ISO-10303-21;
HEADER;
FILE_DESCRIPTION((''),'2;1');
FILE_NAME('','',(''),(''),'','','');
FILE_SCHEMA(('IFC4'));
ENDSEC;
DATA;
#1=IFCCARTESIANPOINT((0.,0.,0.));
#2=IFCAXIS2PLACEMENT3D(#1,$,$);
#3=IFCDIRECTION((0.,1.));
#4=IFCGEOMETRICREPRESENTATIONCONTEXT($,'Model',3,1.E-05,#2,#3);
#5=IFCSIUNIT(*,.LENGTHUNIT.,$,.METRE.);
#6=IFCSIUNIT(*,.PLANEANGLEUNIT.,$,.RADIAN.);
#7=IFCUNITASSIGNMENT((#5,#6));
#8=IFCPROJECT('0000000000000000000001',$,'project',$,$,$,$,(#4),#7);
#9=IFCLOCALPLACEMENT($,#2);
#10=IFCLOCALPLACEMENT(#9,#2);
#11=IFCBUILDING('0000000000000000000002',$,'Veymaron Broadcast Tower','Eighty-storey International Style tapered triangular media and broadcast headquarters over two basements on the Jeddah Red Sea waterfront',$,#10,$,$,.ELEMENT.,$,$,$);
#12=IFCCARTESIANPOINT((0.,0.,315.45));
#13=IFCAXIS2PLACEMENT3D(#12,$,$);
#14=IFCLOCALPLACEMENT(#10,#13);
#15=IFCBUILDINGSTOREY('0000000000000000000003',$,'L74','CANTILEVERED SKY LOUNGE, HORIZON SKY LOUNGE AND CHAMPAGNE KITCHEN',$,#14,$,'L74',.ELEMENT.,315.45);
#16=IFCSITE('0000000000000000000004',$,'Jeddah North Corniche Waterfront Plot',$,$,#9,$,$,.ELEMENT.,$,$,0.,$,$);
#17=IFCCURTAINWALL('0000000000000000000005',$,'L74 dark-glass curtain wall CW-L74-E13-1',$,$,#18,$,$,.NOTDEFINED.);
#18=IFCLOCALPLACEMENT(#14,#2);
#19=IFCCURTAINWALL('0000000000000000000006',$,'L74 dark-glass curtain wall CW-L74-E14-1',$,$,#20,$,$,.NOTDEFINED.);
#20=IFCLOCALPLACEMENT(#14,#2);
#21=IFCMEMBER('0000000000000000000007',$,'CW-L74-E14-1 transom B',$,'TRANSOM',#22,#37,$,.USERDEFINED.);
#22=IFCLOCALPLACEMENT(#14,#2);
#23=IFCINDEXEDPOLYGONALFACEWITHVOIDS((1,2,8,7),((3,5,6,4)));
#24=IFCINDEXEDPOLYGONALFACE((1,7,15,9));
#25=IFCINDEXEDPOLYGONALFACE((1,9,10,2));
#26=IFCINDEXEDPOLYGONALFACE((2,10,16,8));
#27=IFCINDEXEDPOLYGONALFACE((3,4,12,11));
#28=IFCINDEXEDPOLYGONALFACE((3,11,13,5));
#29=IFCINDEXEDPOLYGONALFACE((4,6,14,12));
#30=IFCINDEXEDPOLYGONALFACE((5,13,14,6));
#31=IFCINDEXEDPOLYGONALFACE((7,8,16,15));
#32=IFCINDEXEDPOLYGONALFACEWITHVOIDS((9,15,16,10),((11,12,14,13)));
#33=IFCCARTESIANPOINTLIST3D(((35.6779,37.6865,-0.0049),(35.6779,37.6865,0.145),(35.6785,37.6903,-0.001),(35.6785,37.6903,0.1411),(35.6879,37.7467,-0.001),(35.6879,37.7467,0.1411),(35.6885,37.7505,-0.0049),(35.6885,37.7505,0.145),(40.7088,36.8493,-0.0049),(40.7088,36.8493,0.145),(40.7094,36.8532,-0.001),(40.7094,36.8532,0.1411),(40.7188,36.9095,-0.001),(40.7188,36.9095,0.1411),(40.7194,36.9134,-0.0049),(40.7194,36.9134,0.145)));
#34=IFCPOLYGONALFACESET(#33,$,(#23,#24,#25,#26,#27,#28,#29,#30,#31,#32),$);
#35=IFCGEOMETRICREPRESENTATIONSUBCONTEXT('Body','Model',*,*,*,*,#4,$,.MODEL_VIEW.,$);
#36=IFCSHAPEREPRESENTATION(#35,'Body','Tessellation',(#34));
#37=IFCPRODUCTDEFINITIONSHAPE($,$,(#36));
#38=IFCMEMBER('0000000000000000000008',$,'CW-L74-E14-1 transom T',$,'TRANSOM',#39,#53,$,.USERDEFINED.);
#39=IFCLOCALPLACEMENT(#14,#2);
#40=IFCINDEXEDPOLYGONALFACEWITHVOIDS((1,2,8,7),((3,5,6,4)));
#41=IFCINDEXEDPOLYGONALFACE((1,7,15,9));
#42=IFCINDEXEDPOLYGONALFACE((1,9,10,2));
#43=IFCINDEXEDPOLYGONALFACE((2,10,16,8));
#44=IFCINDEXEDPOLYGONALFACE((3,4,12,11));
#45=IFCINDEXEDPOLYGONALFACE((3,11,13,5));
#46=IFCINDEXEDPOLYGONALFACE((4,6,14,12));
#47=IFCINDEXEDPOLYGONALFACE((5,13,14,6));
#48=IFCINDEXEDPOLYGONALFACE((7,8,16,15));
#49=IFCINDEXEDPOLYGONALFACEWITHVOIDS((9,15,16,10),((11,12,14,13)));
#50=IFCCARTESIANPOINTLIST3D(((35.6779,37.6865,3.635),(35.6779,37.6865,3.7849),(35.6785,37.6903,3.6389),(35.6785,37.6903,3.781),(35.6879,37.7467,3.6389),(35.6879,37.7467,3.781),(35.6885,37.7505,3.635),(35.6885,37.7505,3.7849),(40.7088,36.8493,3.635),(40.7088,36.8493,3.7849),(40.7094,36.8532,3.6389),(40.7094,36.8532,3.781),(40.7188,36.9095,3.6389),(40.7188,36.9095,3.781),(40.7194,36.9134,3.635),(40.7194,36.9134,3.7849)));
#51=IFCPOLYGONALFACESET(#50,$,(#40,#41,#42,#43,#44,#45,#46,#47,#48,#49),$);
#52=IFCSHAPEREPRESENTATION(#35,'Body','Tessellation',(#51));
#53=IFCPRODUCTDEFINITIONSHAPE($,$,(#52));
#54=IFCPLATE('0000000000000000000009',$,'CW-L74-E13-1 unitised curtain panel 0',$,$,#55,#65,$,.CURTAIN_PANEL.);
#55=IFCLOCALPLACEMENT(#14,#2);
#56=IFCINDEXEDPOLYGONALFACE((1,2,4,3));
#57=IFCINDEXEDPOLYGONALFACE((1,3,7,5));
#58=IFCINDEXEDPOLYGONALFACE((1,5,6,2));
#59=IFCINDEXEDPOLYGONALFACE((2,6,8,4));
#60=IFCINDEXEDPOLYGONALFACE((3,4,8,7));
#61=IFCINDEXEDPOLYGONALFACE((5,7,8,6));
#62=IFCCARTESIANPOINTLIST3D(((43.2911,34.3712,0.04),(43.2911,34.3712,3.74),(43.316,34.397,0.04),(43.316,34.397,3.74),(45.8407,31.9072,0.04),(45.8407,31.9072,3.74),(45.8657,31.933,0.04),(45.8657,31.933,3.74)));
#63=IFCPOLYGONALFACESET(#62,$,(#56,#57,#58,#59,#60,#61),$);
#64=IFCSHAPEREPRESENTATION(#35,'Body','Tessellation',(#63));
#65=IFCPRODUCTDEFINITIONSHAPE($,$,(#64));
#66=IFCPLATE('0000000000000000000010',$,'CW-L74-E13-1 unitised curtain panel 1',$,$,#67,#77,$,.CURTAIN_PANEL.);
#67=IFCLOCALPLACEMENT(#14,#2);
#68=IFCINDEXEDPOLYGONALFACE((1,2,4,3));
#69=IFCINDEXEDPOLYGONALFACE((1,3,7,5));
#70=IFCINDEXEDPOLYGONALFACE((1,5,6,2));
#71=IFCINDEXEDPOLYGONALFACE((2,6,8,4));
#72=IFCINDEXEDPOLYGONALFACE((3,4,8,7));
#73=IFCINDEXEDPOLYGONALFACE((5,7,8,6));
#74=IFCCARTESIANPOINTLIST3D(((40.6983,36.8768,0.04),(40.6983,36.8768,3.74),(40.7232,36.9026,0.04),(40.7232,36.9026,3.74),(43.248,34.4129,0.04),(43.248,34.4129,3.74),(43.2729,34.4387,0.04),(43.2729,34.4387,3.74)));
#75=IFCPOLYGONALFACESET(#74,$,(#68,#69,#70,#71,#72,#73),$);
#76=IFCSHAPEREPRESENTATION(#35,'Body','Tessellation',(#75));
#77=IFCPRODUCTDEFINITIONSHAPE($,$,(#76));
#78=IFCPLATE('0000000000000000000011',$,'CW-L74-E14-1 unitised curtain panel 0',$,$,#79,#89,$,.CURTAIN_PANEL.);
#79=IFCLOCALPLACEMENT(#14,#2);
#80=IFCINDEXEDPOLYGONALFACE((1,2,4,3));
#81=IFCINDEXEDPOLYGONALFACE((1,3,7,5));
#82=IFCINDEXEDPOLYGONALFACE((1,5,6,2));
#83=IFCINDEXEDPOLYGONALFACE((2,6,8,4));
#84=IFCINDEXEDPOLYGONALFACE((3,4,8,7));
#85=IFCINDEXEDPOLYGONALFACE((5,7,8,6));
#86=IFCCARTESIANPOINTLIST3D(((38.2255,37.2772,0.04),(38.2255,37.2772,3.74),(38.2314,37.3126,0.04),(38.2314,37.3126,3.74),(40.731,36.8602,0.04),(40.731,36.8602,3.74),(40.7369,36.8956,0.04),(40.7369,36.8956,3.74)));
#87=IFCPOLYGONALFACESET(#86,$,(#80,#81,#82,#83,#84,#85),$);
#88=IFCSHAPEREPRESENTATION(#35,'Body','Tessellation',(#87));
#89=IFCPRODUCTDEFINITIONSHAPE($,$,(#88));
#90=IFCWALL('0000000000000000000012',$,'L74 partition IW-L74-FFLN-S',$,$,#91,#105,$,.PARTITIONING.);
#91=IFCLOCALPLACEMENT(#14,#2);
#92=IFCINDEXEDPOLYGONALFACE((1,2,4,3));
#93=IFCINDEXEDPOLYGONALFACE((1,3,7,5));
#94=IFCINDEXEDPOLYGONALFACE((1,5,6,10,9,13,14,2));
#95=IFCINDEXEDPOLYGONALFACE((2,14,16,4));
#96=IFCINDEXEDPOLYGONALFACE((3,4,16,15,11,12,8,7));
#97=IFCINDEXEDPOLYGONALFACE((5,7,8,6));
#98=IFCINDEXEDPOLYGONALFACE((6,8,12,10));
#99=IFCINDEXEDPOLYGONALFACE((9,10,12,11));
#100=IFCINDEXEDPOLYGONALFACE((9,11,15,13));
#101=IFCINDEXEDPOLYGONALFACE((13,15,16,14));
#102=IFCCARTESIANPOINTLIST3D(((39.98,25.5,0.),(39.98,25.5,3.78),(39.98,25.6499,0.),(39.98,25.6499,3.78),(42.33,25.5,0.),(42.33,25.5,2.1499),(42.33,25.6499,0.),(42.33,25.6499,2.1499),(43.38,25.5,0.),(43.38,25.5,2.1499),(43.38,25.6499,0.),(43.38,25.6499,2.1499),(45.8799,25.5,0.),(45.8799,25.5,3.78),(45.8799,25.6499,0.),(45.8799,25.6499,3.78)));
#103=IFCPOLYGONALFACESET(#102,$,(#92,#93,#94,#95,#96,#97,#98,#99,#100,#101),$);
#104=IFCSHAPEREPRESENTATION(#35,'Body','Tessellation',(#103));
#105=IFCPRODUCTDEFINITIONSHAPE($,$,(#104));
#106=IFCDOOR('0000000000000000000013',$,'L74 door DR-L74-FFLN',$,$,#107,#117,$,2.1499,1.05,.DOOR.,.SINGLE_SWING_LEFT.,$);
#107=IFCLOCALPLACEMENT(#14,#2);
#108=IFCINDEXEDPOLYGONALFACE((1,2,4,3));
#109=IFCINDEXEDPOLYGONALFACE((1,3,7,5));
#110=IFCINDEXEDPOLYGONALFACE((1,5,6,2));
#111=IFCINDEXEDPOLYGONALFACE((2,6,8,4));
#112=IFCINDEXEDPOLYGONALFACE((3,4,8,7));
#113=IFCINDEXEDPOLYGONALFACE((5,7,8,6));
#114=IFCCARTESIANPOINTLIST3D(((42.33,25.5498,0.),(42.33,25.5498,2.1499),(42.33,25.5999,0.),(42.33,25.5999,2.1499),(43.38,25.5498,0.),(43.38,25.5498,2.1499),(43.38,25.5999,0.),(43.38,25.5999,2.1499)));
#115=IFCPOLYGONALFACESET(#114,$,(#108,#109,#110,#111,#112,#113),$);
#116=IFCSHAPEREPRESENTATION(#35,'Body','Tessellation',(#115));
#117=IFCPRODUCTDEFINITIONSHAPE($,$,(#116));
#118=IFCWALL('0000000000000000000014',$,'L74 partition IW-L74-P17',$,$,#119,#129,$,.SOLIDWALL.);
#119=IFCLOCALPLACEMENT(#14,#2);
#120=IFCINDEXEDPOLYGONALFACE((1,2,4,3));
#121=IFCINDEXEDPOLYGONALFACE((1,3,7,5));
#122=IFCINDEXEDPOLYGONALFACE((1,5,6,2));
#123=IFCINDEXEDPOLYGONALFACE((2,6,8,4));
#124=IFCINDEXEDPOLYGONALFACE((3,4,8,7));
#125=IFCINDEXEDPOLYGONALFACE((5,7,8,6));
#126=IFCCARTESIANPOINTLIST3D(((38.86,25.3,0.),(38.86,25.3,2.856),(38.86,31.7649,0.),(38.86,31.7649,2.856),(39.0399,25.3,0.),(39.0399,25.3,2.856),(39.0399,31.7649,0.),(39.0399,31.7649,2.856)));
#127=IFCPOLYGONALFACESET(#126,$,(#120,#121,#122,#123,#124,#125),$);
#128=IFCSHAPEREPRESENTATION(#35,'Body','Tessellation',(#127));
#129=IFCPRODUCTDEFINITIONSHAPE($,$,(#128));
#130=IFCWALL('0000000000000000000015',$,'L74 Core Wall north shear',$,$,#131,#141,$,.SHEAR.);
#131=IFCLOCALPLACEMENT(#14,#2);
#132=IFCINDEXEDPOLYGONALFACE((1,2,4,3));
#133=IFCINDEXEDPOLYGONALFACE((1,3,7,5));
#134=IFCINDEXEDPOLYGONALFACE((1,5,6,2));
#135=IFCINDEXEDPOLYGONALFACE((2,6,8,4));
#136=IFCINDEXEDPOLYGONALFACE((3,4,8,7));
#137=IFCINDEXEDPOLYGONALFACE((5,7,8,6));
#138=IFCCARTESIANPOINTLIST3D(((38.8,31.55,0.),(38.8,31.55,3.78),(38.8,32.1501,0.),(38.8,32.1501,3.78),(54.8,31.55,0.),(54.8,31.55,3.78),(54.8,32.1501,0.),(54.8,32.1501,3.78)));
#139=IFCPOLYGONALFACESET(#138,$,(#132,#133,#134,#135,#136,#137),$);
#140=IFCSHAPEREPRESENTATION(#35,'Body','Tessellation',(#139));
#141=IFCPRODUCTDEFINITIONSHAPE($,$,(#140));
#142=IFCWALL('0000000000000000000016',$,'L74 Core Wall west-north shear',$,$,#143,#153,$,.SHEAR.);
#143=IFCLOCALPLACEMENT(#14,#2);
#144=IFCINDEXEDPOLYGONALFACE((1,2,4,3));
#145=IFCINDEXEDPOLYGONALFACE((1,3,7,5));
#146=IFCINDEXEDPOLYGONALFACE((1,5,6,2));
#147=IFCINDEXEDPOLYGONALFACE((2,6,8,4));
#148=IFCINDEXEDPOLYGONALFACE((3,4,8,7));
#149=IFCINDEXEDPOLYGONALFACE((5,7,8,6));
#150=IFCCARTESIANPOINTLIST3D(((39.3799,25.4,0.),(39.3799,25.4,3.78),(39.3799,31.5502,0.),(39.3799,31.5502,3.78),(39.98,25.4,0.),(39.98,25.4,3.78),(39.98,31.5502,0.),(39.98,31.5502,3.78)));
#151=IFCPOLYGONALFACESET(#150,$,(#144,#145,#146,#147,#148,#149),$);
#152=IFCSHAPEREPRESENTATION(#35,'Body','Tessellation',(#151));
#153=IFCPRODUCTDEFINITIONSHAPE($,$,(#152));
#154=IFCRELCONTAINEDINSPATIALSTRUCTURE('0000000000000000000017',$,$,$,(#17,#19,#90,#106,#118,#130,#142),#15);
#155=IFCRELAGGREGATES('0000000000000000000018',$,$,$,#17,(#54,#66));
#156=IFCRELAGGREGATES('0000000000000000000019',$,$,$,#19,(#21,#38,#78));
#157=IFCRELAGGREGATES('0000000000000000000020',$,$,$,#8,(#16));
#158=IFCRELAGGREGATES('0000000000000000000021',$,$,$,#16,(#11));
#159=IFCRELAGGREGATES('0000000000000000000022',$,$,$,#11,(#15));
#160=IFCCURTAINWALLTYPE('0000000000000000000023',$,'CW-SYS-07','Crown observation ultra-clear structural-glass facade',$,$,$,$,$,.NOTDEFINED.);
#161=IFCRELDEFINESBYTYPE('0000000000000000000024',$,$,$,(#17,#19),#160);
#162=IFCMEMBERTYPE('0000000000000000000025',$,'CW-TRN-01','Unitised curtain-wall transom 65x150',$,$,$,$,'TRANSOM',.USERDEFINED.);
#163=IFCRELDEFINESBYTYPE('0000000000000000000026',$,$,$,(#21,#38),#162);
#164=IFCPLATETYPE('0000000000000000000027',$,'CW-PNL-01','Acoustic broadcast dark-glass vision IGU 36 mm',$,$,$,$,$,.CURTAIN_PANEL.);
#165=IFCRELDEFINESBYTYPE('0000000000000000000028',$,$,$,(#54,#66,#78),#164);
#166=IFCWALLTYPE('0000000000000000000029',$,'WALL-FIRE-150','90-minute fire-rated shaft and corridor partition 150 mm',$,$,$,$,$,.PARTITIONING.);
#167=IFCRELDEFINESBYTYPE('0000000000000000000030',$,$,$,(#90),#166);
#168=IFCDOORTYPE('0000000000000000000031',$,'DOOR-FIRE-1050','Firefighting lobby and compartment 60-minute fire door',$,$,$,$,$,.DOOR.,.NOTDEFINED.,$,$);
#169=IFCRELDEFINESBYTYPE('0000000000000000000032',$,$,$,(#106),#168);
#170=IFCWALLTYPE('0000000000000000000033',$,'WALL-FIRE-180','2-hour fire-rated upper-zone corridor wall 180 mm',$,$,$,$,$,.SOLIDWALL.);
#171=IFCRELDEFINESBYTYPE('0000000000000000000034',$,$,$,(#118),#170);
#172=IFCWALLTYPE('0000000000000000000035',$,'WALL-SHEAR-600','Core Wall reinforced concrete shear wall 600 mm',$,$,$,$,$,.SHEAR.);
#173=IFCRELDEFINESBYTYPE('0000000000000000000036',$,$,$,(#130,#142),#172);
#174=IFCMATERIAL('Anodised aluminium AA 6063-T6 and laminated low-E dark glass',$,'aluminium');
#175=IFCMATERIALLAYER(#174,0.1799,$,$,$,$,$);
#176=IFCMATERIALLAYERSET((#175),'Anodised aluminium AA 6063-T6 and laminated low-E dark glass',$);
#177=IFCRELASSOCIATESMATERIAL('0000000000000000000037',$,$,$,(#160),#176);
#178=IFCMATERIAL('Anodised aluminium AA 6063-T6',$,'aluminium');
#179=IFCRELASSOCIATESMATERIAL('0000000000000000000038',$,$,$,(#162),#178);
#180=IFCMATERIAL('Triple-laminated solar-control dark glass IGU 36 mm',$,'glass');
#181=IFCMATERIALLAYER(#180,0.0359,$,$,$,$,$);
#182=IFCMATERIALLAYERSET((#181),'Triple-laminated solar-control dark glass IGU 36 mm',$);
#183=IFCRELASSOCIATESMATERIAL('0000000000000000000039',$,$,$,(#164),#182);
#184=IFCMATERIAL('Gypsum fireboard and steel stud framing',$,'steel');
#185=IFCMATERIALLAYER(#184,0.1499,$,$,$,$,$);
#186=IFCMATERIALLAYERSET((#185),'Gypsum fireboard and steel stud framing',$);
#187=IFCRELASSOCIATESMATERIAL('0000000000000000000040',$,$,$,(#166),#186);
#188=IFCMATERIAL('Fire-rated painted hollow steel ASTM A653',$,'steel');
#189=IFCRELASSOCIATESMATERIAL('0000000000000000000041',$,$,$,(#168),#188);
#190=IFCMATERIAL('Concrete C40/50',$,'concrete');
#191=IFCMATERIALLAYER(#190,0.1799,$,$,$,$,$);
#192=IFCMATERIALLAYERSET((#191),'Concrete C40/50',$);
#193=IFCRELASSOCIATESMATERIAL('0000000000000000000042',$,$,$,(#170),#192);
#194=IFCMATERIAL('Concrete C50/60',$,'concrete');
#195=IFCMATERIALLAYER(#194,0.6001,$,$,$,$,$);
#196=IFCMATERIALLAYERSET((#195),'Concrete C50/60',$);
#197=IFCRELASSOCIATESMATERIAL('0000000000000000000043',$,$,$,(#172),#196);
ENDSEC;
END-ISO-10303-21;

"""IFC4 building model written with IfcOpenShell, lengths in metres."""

from ifc_helpers import new_model, si_unit, direction, frame, frame_2d, origin, origin_2d, place, context, subcontext, project, spatial, rectangle, hollow_rectangle, extrude, material, layer, layer_set, material_profile, profile_set, type_object, element, fill, aggregate, save


model = new_model("IFC4")

# Units and contexts
model_context = context("Model", 3, precision=1e-05, world=origin(), true_north=direction((0.0, 1.0)))
body_context = subcontext(model_context, "Body", "Model", "MODEL_VIEW")
ifc_project = project(units=[si_unit("LENGTHUNIT", "METRE"), si_unit("PLANEANGLEUNIT", "RADIAN")], contexts=[model_context])

# Site, building, storey
site_placement = place(None, origin())
site = spatial("IfcSite", under=ifc_project, at=site_placement, Name="Jeddah North Corniche Waterfront Plot", CompositionType="ELEMENT", RefElevation=0.0)
building_placement = place(site_placement, origin())
building = spatial("IfcBuilding", under=site, at=building_placement, Name="Veymaron Broadcast Tower", Description="Eighty-storey International Style tapered triangular media and broadcast headquarters over two basements on the Jeddah Red Sea waterfront", CompositionType="ELEMENT")
storey_placement = place(building_placement, frame((0.0, 0.0, 315.45)))
storey = spatial("IfcBuildingStorey", under=building, at=storey_placement, Name="L74", Description="CANTILEVERED SKY LOUNGE, HORIZON SKY LOUNGE AND CHAMPAGNE KITCHEN", LongName="L74", CompositionType="ELEMENT", Elevation=315.45)

# Curtain walls, members
ifc_material_1 = material(Name="Anodised aluminium AA 6063-T6 and laminated low-E dark glass", Category="aluminium")
ifc_layer_1 = layer(ifc_material_1, 0.1799)
ifc_layer_set_1 = layer_set([ifc_layer_1], Name="Anodised aluminium AA 6063-T6 and laminated low-E dark glass")
curtain_wall_type = type_object("IfcCurtainWallType", Name="CW-SYS-07", Description="Crown observation ultra-clear structural-glass facade", PredefinedType="NOTDEFINED", material=ifc_layer_set_1)
curtain_wall_1_placement = place(storey_placement, origin())
curtain_wall_1 = element("IfcCurtainWall", 1, at=curtain_wall_1_placement, inside=storey, type_object=curtain_wall_type, Name="L74 dark-glass curtain wall CW-L74-E13-1", PredefinedType="NOTDEFINED")
ifc_material_2 = material(Name="Anodised aluminium AA 6063-T6", Category="aluminium")
curtain_wall_2_placement = place(storey_placement, origin())
curtain_wall_2 = element("IfcCurtainWall", 2, at=curtain_wall_2_placement, inside=storey, type_object=curtain_wall_type, Name="L74 dark-glass curtain wall CW-L74-E14-1", PredefinedType="NOTDEFINED")
ifc_material_profile_1 = material_profile(ifc_material_2, hollow_rectangle(XDim=0.0649, YDim=0.1499, WallThickness=0.0039, at=origin_2d()), Name="AL150X65X4")
ifc_profile_set_1 = profile_set([ifc_material_profile_1], Name="Anodised aluminium AA 6063-T6")
member_type_1 = type_object("IfcMemberType", Name="CW-TRN-01", Description="Unitised curtain-wall transom 65x150", ElementType="TRANSOM", PredefinedType="USERDEFINED", material=ifc_profile_set_1)
member_1_placement = place(storey_placement, frame((40.7141, 36.8813, 0.0701), z_axis=(-0.986437, 0.164143, 0.0), x_axis=(-0.164143, -0.986437, 0.0)))
member_1 = element("IfcMember", 3, at=member_1_placement, type_object=member_type_1, Name="CW-L74-E14-1 transom B", ObjectType="TRANSOM", PredefinedType="USERDEFINED", context=body_context, shape_type="SweptSolid", body=[
    extrude(hollow_rectangle(XDim=0.0649, YDim=0.1499, WallThickness=0.0039, at=origin_2d()), origin(), (0.0, 0.0, 1.0), 5.1001),
])
member_2_placement = place(storey_placement, frame((40.7141, 36.8813, 3.71), z_axis=(-0.986437, 0.164143, 0.0), x_axis=(-0.164143, -0.986437, 0.0)))
member_2 = element("IfcMember", 4, at=member_2_placement, type_object=member_type_1, Name="CW-L74-E14-1 transom T", ObjectType="TRANSOM", PredefinedType="USERDEFINED", context=body_context, shape_type="SweptSolid", body=[
    extrude(hollow_rectangle(XDim=0.0649, YDim=0.1499, WallThickness=0.0039, at=origin_2d()), origin(), (0.0, 0.0, 1.0), 5.1001),
])

# Plates
ifc_material_3 = material(Name="Triple-laminated solar-control dark glass IGU 36 mm", Category="glass")
ifc_layer_2 = layer(ifc_material_3, 0.0359)
ifc_layer_set_2 = layer_set([ifc_layer_2], Name="Triple-laminated solar-control dark glass IGU 36 mm")
plate_type = type_object("IfcPlateType", Name="CW-PNL-01", Description="Acoustic broadcast dark-glass vision IGU 36 mm", PredefinedType="CURTAIN_PANEL", material=ifc_layer_set_2)
plate_1_placement = place(storey_placement, frame((44.5784, 33.1521, 0.04), z_axis=(0.0, 0.0, 1.0), x_axis=(-0.719097, 0.694909, 0.0)))
plate_1 = element("IfcPlate", 5, at=plate_1_placement, type_object=plate_type, Name="CW-L74-E13-1 unitised curtain panel 0", PredefinedType="CURTAIN_PANEL", context=body_context, shape_type="SweptSolid", body=[
    extrude(rectangle(XDim=3.5457, YDim=0.0359, at=origin_2d()), origin(), (0.0, 0.0, 1.0), 3.7),
])
plate_2_placement = place(storey_placement, frame((41.9856, 35.6577, 0.04), z_axis=(0.0, 0.0, 1.0), x_axis=(-0.719097, 0.694909, 0.0)))
plate_2 = element("IfcPlate", 6, at=plate_2_placement, type_object=plate_type, Name="CW-L74-E13-1 unitised curtain panel 1", PredefinedType="CURTAIN_PANEL", context=body_context, shape_type="SweptSolid", body=[
    extrude(rectangle(XDim=3.5457, YDim=0.0359, at=origin_2d()), origin(), (0.0, 0.0, 1.0), 3.7),
])
aggregate(curtain_wall_1, [plate_1, plate_2])
plate_3_placement = place(storey_placement, frame((39.4812, 37.0864, 0.04), z_axis=(0.0, 0.0, 1.0), x_axis=(-0.986435, 0.164152, 0.0)))
plate_3 = element("IfcPlate", 7, at=plate_3_placement, type_object=plate_type, Name="CW-L74-E14-1 unitised curtain panel 0", PredefinedType="CURTAIN_PANEL", context=body_context, shape_type="SweptSolid", body=[
    extrude(rectangle(XDim=2.54, YDim=0.0359, at=origin_2d()), origin(), (0.0, 0.0, 1.0), 3.7),
])
aggregate(curtain_wall_2, [member_1, member_2, plate_3])

# Wall, opening, door
ifc_material_4 = material(Name="Gypsum fireboard and steel stud framing", Category="steel")
ifc_layer_3 = layer(ifc_material_4, 0.1499)
ifc_layer_set_3 = layer_set([ifc_layer_3], Name="Gypsum fireboard and steel stud framing")
wall_type_1 = type_object("IfcWallType", Name="WALL-FIRE-150", Description="90-minute fire-rated shaft and corridor partition 150 mm", PredefinedType="PARTITIONING", material=ifc_layer_set_3)
wall_1_placement = place(storey_placement, frame((39.98, 25.575, 0.0), z_axis=(0.0, 0.0, 1.0), x_axis=(1.0, 0.0, 0.0)))
wall_1 = element("IfcWall", 8, at=wall_1_placement, inside=storey, type_object=wall_type_1, Name="L74 partition IW-L74-FFLN-S", PredefinedType="PARTITIONING", context=body_context, shape_type="SweptSolid", body=[
    extrude(rectangle(XDim=5.8999, YDim=0.1499, at=frame_2d((2.95, 0.0))), origin(), (0.0, 0.0, 1.0), 3.78),
])
opening_1_placement = place(wall_1_placement, frame((2.3501, 0.0, 0.0)))
opening_1 = element("IfcOpeningElement", 9, at=opening_1_placement, cuts=wall_1, PredefinedType="OPENING", context=body_context, shape_type="SweptSolid", body=[
    extrude(rectangle(XDim=1.05, YDim=2.1499, at=frame_2d((0.5249, 1.075))), frame((0.0, 0.085, 0.0), z_axis=(0.0, -1.0, 0.0), x_axis=(1.0, 0.0, 0.0)), (0.0, 0.0, 1.0), 0.1699),
])
ifc_material_5 = material(Name="Fire-rated painted hollow steel ASTM A653", Category="steel")
door_type_1 = type_object("IfcDoorType", Name="DOOR-FIRE-1050", Description="Firefighting lobby and compartment 60-minute fire door", OperationType="NOTDEFINED", PredefinedType="DOOR", material=ifc_material_5)
door_1_placement = place(opening_1_placement, origin())
door_1 = element("IfcDoor", 10, at=door_1_placement, inside=storey, type_object=door_type_1, Name="L74 door DR-L74-FFLN", OperationType="SINGLE_SWING_LEFT", OverallHeight=2.1499, OverallWidth=1.05, PredefinedType="DOOR", context=body_context, shape_type="SweptSolid", body=[
    extrude(rectangle(XDim=1.05, YDim=2.1499, at=frame_2d((0.5249, 1.075))), frame((0.0, 0.0249, 0.0), z_axis=(0.0, -1.0, 0.0), x_axis=(1.0, 0.0, 0.0)), (0.0, 0.0, 1.0), 0.05),
])
fill(opening_1, door_1)

# Wall
ifc_material_6 = material(Name="Concrete C40/50", Category="concrete")
ifc_layer_4 = layer(ifc_material_6, 0.1799)
ifc_layer_set_4 = layer_set([ifc_layer_4], Name="Concrete C40/50")
wall_type_2 = type_object("IfcWallType", Name="WALL-FIRE-180", Description="2-hour fire-rated upper-zone corridor wall 180 mm", PredefinedType="SOLIDWALL", material=ifc_layer_set_4)
wall_2_placement = place(storey_placement, frame((38.95, 25.3, 0.0), z_axis=(0.0, 0.0, 1.0), x_axis=(0.0, 1.0, 0.0)))
element("IfcWall", 11, at=wall_2_placement, inside=storey, type_object=wall_type_2, Name="L74 partition IW-L74-P17", PredefinedType="SOLIDWALL", context=body_context, shape_type="SweptSolid", body=[
    extrude(rectangle(XDim=6.4648, YDim=0.1799, at=frame_2d((3.2324, 0.0))), origin(), (0.0, 0.0, 1.0), 2.856),
])

# Shared definitions
ifc_material_7 = material(Name="Concrete C50/60", Category="concrete")

# Walls
ifc_layer_5 = layer(ifc_material_7, 0.6001)
ifc_layer_set_5 = layer_set([ifc_layer_5], Name="Concrete C50/60")
wall_type_3 = type_object("IfcWallType", Name="WALL-SHEAR-600", Description="Core Wall reinforced concrete shear wall 600 mm", PredefinedType="SHEAR", material=ifc_layer_set_5)
wall_3_placement = place(storey_placement, frame((38.8, 31.8501, 0.0), z_axis=(0.0, 0.0, 1.0), x_axis=(1.0, 0.0, 0.0)))
element("IfcWall", 12, at=wall_3_placement, inside=storey, type_object=wall_type_3, Name="L74 Core Wall north shear", PredefinedType="SHEAR", context=body_context, shape_type="SweptSolid", body=[
    extrude(rectangle(XDim=16.0, YDim=0.6001, at=frame_2d((8.0, 0.0))), origin(), (0.0, 0.0, 1.0), 3.78),
])
wall_4_placement = place(storey_placement, frame((39.6799, 25.3999, 0.0), z_axis=(0.0, 0.0, 1.0), x_axis=(0.0, 1.0, 0.0)))
element("IfcWall", 13, at=wall_4_placement, inside=storey, type_object=wall_type_3, Name="L74 Core Wall west-north shear", PredefinedType="SHEAR", context=body_context, shape_type="SweptSolid", body=[
    extrude(rectangle(XDim=6.1501, YDim=0.6001, at=frame_2d((3.0752, 0.0))), origin(), (0.0, 0.0, 1.0), 3.78),
])

save(model, "model.ifc")
